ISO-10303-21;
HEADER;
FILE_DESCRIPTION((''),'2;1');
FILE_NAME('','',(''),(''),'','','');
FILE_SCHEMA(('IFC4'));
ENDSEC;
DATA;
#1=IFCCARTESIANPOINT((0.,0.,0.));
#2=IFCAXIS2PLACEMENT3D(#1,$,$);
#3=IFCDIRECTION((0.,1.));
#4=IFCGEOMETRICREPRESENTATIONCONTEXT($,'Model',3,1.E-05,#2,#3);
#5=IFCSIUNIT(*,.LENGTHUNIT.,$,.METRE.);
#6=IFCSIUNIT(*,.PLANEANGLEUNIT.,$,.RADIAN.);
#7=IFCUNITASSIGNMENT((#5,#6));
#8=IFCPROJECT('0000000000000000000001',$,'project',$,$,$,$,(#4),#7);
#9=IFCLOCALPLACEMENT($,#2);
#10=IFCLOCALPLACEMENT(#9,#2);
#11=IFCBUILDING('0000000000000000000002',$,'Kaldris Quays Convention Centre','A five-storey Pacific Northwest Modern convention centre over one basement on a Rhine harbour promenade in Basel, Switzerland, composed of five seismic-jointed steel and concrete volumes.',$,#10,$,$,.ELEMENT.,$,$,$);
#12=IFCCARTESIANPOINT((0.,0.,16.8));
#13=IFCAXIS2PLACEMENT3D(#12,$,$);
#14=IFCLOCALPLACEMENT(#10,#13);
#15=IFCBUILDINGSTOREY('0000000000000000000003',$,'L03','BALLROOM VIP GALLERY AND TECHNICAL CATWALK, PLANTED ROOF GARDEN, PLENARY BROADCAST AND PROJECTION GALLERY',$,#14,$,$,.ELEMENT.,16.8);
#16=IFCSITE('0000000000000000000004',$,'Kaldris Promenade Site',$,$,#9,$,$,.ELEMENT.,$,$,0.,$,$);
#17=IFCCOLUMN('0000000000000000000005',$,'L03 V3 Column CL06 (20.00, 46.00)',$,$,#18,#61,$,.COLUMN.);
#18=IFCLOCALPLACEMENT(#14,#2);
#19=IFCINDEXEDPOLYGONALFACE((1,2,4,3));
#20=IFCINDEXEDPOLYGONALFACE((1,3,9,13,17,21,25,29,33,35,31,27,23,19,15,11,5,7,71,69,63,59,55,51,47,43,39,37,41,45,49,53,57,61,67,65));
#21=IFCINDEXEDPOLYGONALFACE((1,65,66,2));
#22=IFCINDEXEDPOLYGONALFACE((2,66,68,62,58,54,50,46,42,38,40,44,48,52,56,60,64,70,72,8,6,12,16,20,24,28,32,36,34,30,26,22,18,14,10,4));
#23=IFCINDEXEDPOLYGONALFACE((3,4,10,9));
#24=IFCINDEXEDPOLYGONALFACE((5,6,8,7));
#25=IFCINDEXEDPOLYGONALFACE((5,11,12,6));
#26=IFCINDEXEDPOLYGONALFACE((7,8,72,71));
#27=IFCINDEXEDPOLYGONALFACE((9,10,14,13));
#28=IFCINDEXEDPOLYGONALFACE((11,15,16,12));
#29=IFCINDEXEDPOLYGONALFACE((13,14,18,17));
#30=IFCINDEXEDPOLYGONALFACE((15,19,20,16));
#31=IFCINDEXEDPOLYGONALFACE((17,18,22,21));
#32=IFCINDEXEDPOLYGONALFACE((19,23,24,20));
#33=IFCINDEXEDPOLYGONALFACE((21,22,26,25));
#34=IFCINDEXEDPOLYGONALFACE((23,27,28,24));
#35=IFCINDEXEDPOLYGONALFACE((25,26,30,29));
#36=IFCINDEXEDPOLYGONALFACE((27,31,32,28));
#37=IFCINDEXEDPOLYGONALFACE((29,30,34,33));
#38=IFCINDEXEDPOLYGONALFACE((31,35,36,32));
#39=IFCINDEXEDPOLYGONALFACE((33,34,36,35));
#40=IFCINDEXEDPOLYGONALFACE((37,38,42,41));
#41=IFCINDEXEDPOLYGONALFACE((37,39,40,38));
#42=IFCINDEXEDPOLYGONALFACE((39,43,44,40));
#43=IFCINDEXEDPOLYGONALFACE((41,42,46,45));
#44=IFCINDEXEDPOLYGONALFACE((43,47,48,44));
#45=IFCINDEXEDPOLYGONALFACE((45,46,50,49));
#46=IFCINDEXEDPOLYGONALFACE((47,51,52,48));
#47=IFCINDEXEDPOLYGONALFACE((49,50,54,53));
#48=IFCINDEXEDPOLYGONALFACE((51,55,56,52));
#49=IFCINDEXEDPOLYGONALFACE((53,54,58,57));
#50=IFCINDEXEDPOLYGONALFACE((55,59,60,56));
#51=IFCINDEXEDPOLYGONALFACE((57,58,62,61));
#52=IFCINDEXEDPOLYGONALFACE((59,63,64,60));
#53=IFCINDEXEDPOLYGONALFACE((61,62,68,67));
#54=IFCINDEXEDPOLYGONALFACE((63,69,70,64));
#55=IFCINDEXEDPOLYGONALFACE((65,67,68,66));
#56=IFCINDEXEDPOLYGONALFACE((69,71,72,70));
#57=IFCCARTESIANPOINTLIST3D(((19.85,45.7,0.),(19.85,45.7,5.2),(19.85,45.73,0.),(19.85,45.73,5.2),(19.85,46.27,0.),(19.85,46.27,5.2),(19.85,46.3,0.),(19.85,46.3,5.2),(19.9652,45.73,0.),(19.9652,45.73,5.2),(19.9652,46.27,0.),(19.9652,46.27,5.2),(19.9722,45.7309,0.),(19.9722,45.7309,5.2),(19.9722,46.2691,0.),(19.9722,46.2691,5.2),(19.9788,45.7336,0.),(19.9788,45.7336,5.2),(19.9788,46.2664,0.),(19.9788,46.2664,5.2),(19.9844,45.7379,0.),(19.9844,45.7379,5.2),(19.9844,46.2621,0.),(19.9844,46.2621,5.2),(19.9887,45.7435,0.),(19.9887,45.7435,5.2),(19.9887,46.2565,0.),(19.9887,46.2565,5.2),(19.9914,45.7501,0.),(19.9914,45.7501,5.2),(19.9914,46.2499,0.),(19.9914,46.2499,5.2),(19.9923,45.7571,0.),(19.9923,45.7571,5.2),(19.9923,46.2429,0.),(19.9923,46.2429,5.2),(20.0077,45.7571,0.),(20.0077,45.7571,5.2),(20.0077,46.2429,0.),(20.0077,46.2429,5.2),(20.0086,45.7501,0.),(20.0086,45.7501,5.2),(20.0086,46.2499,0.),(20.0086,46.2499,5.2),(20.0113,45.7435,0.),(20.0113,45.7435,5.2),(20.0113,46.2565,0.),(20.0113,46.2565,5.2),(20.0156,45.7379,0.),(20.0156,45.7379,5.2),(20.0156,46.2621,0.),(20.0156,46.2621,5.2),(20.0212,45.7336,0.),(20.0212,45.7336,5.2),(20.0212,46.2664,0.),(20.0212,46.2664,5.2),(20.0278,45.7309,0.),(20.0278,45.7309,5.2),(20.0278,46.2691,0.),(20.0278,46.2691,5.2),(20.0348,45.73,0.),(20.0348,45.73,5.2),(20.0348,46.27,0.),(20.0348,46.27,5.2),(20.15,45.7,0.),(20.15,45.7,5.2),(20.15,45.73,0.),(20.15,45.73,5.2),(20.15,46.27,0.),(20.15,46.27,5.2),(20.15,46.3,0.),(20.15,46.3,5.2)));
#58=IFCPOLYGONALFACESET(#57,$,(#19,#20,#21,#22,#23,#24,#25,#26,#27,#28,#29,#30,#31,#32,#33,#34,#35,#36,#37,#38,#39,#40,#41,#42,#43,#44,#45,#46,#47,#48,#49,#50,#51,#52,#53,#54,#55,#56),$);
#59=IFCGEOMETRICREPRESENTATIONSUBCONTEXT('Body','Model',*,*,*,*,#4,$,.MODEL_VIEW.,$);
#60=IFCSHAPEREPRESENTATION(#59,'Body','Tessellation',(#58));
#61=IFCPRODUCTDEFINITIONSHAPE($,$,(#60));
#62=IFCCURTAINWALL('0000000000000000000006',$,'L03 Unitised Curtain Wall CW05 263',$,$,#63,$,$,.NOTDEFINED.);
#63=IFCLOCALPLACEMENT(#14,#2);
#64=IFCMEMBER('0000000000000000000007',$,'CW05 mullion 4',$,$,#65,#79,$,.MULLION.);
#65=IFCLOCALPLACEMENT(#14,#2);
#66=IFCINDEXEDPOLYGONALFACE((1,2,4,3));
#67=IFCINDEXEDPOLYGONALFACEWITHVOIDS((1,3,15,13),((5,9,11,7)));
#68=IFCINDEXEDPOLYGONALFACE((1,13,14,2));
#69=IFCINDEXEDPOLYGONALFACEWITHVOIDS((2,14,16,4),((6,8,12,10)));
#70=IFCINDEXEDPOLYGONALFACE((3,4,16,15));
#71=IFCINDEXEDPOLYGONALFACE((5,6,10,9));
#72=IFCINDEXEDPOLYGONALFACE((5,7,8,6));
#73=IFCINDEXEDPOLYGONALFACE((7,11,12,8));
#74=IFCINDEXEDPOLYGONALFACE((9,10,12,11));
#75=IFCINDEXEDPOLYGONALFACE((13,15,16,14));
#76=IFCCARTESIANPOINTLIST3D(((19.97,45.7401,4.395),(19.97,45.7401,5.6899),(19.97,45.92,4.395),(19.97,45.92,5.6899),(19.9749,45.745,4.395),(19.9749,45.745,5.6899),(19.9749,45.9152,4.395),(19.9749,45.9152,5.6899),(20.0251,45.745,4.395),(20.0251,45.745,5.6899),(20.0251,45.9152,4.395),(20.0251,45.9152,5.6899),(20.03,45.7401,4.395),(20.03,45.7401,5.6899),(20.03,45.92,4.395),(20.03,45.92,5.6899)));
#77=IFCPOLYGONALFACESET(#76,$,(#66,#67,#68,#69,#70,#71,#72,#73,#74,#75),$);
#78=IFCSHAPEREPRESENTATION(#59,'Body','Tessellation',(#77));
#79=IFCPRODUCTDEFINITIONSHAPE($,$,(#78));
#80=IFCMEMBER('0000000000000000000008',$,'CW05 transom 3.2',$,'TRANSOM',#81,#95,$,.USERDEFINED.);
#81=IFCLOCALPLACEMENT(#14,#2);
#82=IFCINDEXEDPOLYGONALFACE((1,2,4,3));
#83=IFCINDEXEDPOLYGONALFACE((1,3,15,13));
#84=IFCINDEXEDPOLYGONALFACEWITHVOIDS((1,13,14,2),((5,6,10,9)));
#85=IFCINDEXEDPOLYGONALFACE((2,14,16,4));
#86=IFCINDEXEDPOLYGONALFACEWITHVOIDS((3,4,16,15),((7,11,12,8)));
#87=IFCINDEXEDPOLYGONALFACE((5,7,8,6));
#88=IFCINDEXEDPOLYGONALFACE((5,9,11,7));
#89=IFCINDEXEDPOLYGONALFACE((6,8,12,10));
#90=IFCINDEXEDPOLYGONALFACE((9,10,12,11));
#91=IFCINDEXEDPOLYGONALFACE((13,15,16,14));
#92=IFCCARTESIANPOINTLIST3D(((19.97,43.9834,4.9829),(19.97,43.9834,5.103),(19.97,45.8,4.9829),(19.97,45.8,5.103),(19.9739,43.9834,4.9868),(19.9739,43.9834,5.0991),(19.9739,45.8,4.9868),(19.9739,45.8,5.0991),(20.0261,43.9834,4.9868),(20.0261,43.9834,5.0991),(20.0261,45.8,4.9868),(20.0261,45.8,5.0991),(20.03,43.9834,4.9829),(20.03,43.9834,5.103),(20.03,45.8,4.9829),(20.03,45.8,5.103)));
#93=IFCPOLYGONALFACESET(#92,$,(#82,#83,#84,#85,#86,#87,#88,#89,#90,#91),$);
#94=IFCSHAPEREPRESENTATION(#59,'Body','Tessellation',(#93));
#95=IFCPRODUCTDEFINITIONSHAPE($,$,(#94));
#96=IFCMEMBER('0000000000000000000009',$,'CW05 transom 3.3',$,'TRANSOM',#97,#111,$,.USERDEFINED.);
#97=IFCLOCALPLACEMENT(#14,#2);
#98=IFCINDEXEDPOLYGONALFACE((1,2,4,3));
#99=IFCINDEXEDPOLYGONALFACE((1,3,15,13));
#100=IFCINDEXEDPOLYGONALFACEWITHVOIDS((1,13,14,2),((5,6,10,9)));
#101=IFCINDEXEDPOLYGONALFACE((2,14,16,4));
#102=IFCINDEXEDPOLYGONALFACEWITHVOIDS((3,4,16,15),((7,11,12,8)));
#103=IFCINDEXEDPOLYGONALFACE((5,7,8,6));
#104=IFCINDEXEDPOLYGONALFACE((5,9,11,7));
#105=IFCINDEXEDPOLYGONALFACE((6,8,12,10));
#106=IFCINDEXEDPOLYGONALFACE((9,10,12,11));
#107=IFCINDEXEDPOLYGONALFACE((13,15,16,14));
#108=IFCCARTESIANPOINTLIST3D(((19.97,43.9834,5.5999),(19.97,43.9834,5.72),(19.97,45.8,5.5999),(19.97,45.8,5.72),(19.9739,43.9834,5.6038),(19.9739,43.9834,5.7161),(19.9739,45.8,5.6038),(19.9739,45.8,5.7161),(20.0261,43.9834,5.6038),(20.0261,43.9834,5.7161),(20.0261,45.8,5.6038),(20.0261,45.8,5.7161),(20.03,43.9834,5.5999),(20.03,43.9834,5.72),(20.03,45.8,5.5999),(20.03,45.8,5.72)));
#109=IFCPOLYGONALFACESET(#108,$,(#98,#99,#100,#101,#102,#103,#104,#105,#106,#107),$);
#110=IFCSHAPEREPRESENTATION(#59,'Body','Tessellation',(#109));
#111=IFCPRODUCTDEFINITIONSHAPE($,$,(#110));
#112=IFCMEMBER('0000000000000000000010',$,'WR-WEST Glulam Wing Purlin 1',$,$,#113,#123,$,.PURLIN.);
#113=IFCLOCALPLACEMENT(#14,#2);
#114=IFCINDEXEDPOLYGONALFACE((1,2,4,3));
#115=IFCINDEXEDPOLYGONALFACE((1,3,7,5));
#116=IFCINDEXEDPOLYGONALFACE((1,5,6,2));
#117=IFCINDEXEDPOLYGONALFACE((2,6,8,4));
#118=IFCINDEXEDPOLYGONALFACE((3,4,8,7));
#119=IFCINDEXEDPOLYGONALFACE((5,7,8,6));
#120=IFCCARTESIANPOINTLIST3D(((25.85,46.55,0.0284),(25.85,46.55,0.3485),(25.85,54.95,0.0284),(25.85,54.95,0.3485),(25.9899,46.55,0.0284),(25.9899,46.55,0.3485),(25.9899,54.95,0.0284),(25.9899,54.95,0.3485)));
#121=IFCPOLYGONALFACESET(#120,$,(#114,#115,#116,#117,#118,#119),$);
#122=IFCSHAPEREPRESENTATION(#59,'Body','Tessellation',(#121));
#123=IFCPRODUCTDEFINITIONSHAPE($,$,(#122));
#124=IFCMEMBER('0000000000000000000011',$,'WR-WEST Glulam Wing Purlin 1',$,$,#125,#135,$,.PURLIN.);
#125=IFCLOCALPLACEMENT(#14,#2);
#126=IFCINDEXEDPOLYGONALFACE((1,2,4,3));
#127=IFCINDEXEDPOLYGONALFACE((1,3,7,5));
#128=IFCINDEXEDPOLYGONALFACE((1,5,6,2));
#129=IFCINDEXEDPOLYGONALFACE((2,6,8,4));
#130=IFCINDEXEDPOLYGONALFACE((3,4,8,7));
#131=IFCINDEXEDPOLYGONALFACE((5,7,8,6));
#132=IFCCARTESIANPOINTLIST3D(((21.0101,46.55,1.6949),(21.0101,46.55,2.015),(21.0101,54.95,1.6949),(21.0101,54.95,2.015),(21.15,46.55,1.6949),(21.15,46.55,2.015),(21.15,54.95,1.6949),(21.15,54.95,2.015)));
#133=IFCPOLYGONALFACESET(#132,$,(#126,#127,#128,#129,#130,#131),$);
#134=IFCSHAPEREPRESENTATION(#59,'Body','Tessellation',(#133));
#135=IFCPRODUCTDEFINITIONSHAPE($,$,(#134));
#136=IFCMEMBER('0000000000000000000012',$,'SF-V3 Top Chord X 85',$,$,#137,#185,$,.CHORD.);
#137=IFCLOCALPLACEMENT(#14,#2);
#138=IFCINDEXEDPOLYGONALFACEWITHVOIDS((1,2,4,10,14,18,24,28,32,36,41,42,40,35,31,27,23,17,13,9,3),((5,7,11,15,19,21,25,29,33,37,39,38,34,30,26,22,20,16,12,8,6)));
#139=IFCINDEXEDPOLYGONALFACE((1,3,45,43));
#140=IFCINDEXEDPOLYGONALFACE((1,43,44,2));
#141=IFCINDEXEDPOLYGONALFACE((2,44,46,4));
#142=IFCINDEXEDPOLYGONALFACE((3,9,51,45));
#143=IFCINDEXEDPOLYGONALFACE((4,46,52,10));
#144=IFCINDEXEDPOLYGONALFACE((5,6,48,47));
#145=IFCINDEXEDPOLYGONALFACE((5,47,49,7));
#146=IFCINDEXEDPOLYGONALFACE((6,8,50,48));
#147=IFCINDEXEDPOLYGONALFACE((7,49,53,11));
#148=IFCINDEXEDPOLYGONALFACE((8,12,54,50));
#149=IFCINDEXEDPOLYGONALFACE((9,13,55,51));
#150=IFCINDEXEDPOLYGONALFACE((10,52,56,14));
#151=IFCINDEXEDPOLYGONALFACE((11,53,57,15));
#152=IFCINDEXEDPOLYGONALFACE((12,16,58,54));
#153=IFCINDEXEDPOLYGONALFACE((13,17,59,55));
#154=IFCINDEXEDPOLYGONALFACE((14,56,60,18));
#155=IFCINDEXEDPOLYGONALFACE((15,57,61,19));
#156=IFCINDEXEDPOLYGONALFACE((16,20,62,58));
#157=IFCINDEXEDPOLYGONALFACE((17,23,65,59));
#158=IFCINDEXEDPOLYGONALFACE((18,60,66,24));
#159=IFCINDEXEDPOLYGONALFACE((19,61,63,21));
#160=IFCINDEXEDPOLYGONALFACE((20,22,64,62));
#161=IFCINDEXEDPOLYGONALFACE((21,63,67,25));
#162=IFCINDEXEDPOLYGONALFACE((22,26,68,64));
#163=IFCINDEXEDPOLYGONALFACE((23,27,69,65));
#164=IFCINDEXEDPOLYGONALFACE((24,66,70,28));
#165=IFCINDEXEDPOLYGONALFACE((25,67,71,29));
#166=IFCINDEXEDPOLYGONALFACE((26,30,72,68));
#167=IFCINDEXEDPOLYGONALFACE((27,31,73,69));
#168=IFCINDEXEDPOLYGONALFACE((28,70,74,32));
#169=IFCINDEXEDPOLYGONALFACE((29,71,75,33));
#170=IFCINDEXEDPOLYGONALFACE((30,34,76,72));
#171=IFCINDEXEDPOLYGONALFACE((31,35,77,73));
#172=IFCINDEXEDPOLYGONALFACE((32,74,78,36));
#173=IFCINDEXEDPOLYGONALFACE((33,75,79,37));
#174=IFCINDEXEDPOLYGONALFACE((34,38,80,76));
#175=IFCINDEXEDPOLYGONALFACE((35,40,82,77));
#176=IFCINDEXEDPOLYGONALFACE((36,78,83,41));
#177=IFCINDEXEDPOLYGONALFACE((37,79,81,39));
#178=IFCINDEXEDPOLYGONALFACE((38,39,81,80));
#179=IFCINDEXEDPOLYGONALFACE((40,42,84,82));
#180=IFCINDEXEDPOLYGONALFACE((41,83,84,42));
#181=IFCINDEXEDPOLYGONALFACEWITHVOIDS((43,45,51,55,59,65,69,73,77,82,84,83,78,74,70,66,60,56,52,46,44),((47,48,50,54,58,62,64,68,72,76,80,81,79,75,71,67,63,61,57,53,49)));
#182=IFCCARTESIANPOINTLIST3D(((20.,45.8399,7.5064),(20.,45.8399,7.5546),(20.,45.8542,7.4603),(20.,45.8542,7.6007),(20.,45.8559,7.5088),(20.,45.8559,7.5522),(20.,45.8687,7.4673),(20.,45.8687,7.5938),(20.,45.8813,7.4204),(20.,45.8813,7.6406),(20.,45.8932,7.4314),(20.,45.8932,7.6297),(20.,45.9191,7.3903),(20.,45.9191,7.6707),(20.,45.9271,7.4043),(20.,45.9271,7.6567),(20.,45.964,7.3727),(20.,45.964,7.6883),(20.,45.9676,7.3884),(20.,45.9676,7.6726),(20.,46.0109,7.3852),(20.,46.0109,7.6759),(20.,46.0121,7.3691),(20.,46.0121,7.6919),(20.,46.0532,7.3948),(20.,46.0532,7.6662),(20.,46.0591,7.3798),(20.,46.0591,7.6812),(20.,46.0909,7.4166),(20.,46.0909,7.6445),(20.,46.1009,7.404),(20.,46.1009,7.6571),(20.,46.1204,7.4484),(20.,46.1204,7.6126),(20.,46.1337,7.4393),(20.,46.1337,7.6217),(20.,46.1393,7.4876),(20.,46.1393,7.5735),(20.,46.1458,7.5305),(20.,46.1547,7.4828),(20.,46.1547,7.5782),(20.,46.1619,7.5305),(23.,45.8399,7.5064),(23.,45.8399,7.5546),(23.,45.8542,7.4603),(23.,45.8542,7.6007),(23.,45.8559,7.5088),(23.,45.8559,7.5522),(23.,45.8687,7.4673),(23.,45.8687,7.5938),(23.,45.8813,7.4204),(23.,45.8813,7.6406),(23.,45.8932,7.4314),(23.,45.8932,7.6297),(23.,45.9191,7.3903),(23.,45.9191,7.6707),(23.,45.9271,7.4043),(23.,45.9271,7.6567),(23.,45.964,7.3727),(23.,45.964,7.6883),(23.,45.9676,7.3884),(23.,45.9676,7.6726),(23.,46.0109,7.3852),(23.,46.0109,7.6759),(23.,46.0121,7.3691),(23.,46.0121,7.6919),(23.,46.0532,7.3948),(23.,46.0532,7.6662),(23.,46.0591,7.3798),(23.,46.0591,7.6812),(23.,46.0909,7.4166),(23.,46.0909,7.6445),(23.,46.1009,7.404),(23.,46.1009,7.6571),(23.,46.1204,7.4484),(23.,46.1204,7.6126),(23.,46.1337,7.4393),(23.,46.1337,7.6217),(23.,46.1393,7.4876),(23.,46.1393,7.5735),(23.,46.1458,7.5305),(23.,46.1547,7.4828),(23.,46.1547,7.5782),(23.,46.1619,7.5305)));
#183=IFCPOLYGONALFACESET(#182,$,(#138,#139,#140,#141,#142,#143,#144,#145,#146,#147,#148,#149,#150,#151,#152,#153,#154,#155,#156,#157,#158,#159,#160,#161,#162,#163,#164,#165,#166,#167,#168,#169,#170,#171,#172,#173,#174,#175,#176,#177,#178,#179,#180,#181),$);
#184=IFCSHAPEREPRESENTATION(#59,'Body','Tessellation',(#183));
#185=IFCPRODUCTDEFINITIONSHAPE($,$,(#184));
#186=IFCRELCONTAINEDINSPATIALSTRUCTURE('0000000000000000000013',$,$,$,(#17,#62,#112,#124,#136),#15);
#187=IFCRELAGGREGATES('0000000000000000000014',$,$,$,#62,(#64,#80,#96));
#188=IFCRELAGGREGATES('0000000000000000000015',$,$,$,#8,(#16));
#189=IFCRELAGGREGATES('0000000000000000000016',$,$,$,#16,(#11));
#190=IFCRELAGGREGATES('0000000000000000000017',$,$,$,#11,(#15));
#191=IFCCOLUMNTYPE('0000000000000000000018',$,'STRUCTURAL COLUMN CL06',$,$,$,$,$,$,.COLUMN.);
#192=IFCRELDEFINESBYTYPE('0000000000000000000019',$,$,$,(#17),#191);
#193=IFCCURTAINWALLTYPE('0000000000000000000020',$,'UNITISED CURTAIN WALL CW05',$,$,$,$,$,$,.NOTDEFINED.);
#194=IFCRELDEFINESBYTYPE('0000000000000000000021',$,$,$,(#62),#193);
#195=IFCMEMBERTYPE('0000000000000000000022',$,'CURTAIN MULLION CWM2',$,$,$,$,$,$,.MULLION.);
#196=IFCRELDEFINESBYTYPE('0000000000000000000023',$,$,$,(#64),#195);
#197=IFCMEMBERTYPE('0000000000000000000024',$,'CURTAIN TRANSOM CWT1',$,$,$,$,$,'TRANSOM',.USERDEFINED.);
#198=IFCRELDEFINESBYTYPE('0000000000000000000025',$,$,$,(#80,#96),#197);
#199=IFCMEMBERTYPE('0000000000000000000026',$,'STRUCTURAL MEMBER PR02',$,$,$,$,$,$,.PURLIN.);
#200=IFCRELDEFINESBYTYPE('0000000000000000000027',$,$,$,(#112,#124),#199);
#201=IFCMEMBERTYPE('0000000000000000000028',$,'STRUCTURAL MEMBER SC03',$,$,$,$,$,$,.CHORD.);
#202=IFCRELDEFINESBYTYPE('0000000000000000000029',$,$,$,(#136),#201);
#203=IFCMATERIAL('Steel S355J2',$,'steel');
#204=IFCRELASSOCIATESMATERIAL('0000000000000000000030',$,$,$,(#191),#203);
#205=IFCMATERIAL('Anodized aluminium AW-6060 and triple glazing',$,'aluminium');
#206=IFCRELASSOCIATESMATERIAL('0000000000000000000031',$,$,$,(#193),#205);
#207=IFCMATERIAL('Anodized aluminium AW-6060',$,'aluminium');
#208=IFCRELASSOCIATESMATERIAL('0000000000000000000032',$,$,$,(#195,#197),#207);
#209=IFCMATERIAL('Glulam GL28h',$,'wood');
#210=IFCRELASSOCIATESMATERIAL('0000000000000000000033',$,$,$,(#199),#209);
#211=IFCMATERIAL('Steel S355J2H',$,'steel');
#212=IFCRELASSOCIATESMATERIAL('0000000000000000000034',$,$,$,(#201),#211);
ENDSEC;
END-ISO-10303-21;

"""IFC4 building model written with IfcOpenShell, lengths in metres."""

from ifc_helpers import new_model, si_unit, direction, frame, origin, origin_2d, place, context, subcontext, project, spatial, rectangle, hollow_rectangle, hollow_circle, i_section, extrude, material, material_profile, profile_set, type_object, element, aggregate, save


model = new_model("IFC4")

# Units and contexts
model_context = context("Model", 3, precision=1e-05, world=origin(), true_north=direction((0.0, 1.0)))
body_context = subcontext(model_context, "Body", "Model", "MODEL_VIEW")
ifc_project = project(units=[si_unit("LENGTHUNIT", "METRE"), si_unit("PLANEANGLEUNIT", "RADIAN")], contexts=[model_context])

# Site, building, storey
site_placement = place(None, origin())
site = spatial("IfcSite", under=ifc_project, at=site_placement, Name="Kaldris Promenade Site", CompositionType="ELEMENT", RefElevation=0.0)
building_placement = place(site_placement, origin())
building = spatial("IfcBuilding", under=site, at=building_placement, Name="Kaldris Quays Convention Centre", Description="A five-storey Pacific Northwest Modern convention centre over one basement on a Rhine harbour promenade in Basel, Switzerland, composed of five seismic-jointed steel and concrete volumes.", CompositionType="ELEMENT")
storey_placement = place(building_placement, frame((0.0, 0.0, 16.8)))
storey = spatial("IfcBuildingStorey", under=building, at=storey_placement, Name="L03", Description="BALLROOM VIP GALLERY AND TECHNICAL CATWALK, PLANTED ROOF GARDEN, PLENARY BROADCAST AND PROJECTION GALLERY", CompositionType="ELEMENT", Elevation=16.8)

# Column
ifc_material_1 = material(Name="Steel S355J2", Category="steel")
ifc_material_profile_1 = material_profile(ifc_material_1, i_section(OverallWidth=0.3, OverallDepth=0.6001, WebThickness=0.0154, FlangeThickness=0.03, FilletRadius=0.0271, at=origin_2d()), Name="HEB 600")
ifc_profile_set_1 = profile_set([ifc_material_profile_1], Name="Steel S355J2")
column_type = type_object("IfcColumnType", Name="STRUCTURAL COLUMN CL06", PredefinedType="COLUMN", material=ifc_profile_set_1)
column_placement = place(storey_placement, frame((20.0, 46.0, 0.0), z_axis=(0.0, 0.0, 1.0), x_axis=(1.0, 0.0, 0.0)))
element("IfcColumn", 1, at=column_placement, inside=storey, type_object=column_type, Name="L03 V3 Column CL06 (20.00, 46.00)", PredefinedType="COLUMN", context=body_context, shape_type="SweptSolid", body=[
    extrude(i_section(OverallWidth=0.3, OverallDepth=0.6001, WebThickness=0.0154, FlangeThickness=0.03, FilletRadius=0.0271, at=origin_2d()), origin(), (0.0, 0.0, 1.0), 5.2),
])

# Curtain wall, members
ifc_material_2 = material(Name="Anodized aluminium AW-6060 and triple glazing", Category="aluminium")
curtain_wall_type = type_object("IfcCurtainWallType", Name="UNITISED CURTAIN WALL CW05", PredefinedType="NOTDEFINED", material=ifc_material_2)
curtain_wall_placement = place(storey_placement, origin())
curtain_wall = element("IfcCurtainWall", 2, at=curtain_wall_placement, inside=storey, type_object=curtain_wall_type, Name="L03 Unitised Curtain Wall CW05 263", PredefinedType="NOTDEFINED")
ifc_material_3 = material(Name="Anodized aluminium AW-6060", Category="aluminium")
ifc_material_profile_2 = material_profile(ifc_material_3, hollow_rectangle(XDim=0.0601, YDim=0.1799, WallThickness=0.0049, at=origin_2d()), Name="RHS 180x60x5")
ifc_profile_set_2 = profile_set([ifc_material_profile_2], Name="Anodized aluminium AW-6060")
member_type_1 = type_object("IfcMemberType", Name="CURTAIN MULLION CWM2", PredefinedType="MULLION", material=ifc_profile_set_2)
member_1_placement = place(storey_placement, frame((20.0, 45.8301, 4.395), z_axis=(0.0, 0.0, 1.0), x_axis=(-1.0, 0.0, 0.0)))
member_1 = element("IfcMember", 3, at=member_1_placement, type_object=member_type_1, Name="CW05 mullion 4", PredefinedType="MULLION", context=body_context, shape_type="SweptSolid", body=[
    extrude(hollow_rectangle(XDim=0.0601, YDim=0.1799, WallThickness=0.0049, at=origin_2d()), origin(), (0.0, 0.0, 1.0), 1.2949),
])
ifc_material_profile_3 = material_profile(ifc_material_3, hollow_rectangle(XDim=0.0601, YDim=0.1201, WallThickness=0.0039, at=origin_2d()), Name="RHS 120x60x4")
ifc_profile_set_3 = profile_set([ifc_material_profile_3], Name="Anodized aluminium AW-6060")
member_type_2 = type_object("IfcMemberType", Name="CURTAIN TRANSOM CWT1", ElementType="TRANSOM", PredefinedType="USERDEFINED", material=ifc_profile_set_3)
member_2_placement = place(storey_placement, frame((20.0, 43.9834, 5.043), z_axis=(0.0, 1.0, 0.0), x_axis=(-1.0, 0.0, 0.0)))
member_2 = element("IfcMember", 4, at=member_2_placement, type_object=member_type_2, Name="CW05 transom 3.2", ObjectType="TRANSOM", PredefinedType="USERDEFINED", context=body_context, shape_type="SweptSolid", body=[
    extrude(hollow_rectangle(XDim=0.0601, YDim=0.1201, WallThickness=0.0039, at=origin_2d()), origin(), (0.0, 0.0, 1.0), 1.8167),
])
member_3_placement = place(storey_placement, frame((20.0, 43.9834, 5.6599), z_axis=(0.0, 1.0, 0.0), x_axis=(-1.0, 0.0, 0.0)))
member_3 = element("IfcMember", 5, at=member_3_placement, type_object=member_type_2, Name="CW05 transom 3.3", ObjectType="TRANSOM", PredefinedType="USERDEFINED", context=body_context, shape_type="SweptSolid", body=[
    extrude(hollow_rectangle(XDim=0.0601, YDim=0.1201, WallThickness=0.0039, at=origin_2d()), origin(), (0.0, 0.0, 1.0), 1.8167),
])

# Members
ifc_material_4 = material(Name="Glulam GL28h", Category="wood")
ifc_material_profile_4 = material_profile(ifc_material_4, rectangle(XDim=0.1399, YDim=0.3201, at=origin_2d()), Name="GL 140x320")
ifc_profile_set_4 = profile_set([ifc_material_profile_4], Name="Glulam GL28h")
member_type_3 = type_object("IfcMemberType", Name="STRUCTURAL MEMBER PR02", PredefinedType="PURLIN", material=ifc_profile_set_4)
for number, where, z_axis, x_axis, name in (
    (6, (25.9199, 46.55, 0.1885), (0.0, 1.0, 0.0), (-1.0, 0.0, 0.0), "WR-WEST Glulam Wing Purlin 1"),
    (7, (21.0801, 46.55, 1.855), (0.0, 1.0, 0.0), (-1.0, 0.0, 0.0), "WR-WEST Glulam Wing Purlin 1"),
):
    element("IfcMember", number, at=place(storey_placement, frame(where, z_axis=z_axis, x_axis=x_axis)), inside=storey, type_object=member_type_3, Name=name, PredefinedType="PURLIN", context=body_context, shape_type="SweptSolid", body=[
        extrude(rectangle(XDim=0.1399, YDim=0.3201, at=origin_2d()), origin(), (0.0, 0.0, 1.0), 8.3999),
    ])
ifc_material_5 = material(Name="Steel S355J2H", Category="steel")
ifc_material_profile_5 = material_profile(ifc_material_5, hollow_circle(Radius=0.1619, WallThickness=0.0161, at=origin_2d()), Name="CHS 323.9x16")
ifc_profile_set_5 = profile_set([ifc_material_profile_5], Name="Steel S355J2H")
member_type_4 = type_object("IfcMemberType", Name="STRUCTURAL MEMBER SC03", PredefinedType="CHORD", material=ifc_profile_set_5)
for number, where, z_axis, x_axis, name in (
    (8, (20.0, 46.0, 7.5305), (1.0, 0.0, 0.0), (0.0, 1.0, 0.0), "SF-V3 Top Chord X 85"),
):
    element("IfcMember", number, at=place(storey_placement, frame(where, z_axis=z_axis, x_axis=x_axis)), inside=storey, type_object=member_type_4, Name=name, PredefinedType="CHORD", context=body_context, shape_type="SweptSolid", body=[
        extrude(hollow_circle(Radius=0.1619, WallThickness=0.0161, at=origin_2d()), origin(), (0.0, 0.0, 1.0), 3.0),
    ])

aggregate(curtain_wall, [member_1, member_2, member_3])

save(model, "model.ifc")
